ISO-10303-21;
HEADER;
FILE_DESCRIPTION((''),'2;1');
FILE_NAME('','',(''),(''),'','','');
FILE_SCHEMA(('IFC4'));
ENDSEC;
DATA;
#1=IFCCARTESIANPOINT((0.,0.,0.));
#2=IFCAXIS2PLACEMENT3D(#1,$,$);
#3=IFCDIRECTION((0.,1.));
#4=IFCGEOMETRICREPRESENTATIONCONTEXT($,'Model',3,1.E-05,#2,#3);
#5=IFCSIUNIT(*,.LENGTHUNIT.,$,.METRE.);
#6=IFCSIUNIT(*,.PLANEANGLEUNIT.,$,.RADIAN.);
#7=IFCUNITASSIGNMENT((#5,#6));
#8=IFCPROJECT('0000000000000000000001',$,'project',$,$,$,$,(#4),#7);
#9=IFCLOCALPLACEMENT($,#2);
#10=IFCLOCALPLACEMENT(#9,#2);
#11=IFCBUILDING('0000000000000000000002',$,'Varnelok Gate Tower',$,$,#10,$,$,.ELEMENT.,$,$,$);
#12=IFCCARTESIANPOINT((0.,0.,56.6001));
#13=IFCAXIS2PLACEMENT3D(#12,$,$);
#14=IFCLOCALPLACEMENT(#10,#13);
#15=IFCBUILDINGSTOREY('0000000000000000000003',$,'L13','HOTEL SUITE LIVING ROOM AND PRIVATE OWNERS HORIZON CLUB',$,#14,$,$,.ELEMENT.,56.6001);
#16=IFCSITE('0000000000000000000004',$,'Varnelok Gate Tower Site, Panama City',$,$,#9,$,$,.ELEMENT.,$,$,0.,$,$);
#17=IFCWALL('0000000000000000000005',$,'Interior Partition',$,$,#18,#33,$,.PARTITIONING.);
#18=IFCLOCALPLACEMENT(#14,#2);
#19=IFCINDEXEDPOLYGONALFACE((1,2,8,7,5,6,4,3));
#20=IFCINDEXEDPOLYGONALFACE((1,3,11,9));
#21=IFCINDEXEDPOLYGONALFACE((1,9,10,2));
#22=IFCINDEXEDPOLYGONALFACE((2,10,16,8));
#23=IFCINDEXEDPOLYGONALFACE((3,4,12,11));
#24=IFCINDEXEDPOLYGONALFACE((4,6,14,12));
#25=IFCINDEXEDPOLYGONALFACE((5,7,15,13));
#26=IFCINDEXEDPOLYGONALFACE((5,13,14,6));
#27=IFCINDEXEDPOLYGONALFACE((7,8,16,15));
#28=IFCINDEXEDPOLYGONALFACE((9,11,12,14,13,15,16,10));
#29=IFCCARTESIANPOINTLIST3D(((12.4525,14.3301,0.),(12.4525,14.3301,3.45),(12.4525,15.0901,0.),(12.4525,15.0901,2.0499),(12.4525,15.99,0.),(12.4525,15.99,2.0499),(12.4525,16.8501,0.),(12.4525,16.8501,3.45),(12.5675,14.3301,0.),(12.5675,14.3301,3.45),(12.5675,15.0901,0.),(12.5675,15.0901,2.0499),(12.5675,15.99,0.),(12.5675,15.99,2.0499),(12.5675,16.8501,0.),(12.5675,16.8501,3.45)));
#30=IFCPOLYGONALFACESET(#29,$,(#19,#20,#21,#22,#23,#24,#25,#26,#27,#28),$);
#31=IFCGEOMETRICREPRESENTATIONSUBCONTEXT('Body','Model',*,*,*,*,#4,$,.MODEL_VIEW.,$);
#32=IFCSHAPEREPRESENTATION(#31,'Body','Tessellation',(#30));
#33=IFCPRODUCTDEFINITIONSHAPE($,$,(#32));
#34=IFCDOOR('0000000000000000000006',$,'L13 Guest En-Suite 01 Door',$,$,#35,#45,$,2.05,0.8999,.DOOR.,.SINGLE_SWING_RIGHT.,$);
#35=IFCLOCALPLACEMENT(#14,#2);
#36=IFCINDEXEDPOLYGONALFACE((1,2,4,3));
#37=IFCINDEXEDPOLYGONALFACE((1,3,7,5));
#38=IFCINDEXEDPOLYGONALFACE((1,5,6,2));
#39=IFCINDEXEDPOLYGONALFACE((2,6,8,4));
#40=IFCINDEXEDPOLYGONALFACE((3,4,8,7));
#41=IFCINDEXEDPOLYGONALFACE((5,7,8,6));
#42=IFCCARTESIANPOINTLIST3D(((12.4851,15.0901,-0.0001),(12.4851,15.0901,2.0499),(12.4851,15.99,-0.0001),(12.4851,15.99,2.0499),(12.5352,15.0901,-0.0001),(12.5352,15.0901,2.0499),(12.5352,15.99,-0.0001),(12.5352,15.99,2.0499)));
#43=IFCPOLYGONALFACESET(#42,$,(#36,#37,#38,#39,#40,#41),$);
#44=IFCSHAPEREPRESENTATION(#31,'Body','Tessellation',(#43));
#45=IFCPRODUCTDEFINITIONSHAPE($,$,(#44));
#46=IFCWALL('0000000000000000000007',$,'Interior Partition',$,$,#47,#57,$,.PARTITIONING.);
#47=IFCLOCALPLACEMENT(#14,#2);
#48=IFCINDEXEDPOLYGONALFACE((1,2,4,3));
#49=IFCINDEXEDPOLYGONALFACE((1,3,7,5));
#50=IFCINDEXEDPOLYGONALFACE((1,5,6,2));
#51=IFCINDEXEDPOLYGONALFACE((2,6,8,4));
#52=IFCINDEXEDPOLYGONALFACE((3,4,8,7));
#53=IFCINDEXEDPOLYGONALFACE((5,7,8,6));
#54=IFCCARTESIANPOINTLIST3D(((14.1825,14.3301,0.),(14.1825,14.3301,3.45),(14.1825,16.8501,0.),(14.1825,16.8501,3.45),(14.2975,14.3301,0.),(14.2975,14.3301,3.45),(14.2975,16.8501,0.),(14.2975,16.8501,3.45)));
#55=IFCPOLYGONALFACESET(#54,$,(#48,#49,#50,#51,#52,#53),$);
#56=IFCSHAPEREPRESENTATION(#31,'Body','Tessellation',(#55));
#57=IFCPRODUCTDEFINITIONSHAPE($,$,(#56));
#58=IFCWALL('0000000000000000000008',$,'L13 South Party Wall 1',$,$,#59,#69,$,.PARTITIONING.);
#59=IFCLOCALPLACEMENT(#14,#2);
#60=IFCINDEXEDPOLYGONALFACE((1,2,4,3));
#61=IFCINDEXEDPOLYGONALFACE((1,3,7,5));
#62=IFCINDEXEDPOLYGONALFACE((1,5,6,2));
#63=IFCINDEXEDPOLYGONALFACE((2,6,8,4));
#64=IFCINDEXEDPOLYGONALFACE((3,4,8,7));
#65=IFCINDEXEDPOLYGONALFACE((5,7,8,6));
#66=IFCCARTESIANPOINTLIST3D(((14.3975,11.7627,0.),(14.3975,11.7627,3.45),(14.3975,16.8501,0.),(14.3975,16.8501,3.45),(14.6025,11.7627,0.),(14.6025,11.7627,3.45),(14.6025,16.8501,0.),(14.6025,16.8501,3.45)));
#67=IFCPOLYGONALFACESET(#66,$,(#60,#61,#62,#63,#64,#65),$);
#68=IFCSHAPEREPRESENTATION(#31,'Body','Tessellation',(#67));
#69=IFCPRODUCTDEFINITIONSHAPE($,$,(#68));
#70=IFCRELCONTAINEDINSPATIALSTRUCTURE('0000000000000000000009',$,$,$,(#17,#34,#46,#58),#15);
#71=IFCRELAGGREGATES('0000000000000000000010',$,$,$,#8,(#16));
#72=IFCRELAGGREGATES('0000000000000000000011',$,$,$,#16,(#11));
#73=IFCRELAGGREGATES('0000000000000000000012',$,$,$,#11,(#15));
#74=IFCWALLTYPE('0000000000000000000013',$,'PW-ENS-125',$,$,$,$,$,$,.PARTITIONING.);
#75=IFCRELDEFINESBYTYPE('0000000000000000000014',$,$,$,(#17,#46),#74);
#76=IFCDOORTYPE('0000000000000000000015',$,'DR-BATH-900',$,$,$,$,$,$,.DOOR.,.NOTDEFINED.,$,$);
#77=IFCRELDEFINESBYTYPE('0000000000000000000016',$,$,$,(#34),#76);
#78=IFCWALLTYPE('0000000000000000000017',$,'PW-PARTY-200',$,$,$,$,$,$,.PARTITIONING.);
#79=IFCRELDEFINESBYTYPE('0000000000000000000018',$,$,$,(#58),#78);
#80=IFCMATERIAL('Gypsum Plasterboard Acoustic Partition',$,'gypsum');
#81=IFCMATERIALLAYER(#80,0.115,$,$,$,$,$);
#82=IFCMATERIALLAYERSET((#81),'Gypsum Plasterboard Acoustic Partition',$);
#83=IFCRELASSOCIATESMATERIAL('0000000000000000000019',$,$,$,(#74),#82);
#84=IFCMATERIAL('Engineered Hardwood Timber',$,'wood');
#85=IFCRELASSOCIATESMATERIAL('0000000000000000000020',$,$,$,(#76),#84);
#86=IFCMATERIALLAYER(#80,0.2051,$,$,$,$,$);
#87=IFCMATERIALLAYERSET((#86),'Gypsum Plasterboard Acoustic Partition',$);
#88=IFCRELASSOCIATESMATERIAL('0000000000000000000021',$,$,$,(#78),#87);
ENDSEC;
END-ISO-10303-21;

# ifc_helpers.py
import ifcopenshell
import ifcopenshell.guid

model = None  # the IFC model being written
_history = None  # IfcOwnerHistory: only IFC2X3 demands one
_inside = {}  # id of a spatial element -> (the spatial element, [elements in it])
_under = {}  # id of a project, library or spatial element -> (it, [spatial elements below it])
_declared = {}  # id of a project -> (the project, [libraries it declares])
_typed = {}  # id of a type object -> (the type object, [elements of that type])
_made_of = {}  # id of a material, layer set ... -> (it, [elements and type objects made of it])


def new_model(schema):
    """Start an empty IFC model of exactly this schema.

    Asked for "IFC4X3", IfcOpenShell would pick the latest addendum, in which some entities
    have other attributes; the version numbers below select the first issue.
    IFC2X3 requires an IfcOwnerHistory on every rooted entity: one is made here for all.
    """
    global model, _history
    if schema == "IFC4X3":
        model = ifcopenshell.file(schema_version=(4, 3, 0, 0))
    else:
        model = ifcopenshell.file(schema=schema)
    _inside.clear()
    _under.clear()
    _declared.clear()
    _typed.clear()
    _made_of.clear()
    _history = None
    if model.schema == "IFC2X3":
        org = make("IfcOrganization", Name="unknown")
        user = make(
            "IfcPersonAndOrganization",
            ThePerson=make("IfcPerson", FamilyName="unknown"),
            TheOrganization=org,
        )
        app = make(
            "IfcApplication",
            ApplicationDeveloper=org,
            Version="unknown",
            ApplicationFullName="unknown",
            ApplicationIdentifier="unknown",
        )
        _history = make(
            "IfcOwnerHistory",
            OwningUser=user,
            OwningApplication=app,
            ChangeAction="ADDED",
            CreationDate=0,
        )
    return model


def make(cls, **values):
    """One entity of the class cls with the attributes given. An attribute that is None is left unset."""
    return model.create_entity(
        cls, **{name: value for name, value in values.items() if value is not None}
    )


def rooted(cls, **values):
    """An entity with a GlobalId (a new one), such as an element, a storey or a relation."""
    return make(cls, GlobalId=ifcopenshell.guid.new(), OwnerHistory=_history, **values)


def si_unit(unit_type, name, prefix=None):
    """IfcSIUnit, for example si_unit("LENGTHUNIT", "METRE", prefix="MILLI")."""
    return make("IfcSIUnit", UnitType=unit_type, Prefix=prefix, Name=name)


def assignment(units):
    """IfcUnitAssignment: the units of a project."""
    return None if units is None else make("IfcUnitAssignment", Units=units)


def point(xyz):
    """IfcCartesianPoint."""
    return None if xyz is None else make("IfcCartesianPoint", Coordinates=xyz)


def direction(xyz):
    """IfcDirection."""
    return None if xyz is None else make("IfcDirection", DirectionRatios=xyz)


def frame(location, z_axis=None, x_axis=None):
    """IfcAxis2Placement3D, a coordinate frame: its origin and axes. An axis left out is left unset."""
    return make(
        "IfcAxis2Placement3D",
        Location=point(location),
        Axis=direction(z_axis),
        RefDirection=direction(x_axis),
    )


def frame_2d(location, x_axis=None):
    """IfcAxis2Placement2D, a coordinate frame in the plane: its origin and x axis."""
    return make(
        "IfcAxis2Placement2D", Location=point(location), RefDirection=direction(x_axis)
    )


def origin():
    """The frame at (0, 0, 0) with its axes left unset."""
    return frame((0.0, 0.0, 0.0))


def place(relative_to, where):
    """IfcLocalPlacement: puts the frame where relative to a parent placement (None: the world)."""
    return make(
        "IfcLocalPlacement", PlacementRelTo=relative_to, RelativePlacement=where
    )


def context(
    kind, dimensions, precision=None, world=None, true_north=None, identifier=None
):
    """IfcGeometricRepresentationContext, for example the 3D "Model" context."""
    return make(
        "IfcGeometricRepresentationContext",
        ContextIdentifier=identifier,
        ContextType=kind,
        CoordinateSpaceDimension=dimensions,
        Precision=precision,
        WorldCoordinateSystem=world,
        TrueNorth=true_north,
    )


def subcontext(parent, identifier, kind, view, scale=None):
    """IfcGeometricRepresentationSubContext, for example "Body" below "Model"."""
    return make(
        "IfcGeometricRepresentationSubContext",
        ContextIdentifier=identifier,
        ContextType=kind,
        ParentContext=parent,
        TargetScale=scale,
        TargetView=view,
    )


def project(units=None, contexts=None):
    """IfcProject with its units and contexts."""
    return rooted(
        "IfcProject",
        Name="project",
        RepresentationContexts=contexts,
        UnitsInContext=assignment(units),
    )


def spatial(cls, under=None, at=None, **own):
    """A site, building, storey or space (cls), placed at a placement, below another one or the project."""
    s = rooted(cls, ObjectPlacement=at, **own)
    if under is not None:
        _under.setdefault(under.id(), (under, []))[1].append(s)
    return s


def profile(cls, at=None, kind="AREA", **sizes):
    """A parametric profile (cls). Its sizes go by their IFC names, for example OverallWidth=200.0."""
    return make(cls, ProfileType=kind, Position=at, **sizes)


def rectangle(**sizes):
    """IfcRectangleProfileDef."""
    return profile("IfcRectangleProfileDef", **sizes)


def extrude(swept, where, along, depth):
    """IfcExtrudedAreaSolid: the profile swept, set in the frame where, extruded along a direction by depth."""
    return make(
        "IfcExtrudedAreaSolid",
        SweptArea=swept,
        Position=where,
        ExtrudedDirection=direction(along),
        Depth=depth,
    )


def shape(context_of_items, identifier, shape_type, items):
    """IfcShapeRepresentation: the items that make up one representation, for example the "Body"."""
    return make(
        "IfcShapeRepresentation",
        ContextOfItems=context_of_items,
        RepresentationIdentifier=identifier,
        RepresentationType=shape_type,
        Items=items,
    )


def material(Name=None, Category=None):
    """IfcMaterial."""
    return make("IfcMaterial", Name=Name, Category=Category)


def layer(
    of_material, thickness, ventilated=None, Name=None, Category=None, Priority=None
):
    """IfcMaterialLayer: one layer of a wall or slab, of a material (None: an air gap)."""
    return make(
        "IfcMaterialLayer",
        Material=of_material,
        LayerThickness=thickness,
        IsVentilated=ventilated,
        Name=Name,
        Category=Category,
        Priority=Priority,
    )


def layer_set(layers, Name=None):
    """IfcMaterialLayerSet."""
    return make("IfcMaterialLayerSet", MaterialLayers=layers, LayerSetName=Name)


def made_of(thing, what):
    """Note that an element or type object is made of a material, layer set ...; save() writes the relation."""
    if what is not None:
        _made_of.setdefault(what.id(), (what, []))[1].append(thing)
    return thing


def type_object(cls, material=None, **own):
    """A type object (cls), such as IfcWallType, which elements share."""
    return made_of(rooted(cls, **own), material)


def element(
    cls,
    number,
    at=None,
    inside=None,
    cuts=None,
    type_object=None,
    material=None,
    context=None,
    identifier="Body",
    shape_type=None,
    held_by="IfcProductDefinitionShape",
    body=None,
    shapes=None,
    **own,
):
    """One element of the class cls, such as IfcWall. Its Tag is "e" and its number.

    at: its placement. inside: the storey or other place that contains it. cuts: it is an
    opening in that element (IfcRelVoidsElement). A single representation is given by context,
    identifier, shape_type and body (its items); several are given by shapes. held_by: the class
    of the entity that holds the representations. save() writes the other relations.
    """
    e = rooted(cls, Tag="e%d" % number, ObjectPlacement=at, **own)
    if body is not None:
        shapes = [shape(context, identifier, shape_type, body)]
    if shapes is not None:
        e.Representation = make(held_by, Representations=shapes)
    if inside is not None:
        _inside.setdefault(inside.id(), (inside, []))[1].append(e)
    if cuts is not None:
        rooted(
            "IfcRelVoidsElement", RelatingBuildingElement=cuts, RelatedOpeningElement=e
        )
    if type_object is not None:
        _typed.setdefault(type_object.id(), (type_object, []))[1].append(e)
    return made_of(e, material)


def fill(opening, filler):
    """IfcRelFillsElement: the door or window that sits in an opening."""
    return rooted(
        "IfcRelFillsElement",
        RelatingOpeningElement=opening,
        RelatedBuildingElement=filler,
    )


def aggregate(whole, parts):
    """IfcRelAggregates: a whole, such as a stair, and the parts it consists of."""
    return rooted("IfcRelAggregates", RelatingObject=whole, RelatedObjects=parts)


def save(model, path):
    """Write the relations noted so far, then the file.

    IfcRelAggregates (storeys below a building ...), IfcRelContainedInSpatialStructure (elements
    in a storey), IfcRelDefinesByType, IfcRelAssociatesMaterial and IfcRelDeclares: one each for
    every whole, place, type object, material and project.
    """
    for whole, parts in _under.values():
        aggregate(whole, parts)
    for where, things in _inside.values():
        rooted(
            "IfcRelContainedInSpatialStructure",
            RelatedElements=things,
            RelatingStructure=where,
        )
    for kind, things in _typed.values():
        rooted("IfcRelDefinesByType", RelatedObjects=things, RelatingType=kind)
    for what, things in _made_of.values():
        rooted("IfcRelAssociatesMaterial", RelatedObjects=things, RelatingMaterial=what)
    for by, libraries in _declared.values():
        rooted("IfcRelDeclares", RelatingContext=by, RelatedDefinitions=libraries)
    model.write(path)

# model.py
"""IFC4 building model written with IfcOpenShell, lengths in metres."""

from ifc_helpers import new_model, si_unit, direction, frame, frame_2d, origin, place, context, subcontext, project, spatial, rectangle, extrude, material, layer, layer_set, type_object, element, fill, save


model = new_model("IFC4")

# Units and contexts
model_context = context("Model", 3, precision=1e-05, world=origin(), true_north=direction((0.0, 1.0)))
body_context = subcontext(model_context, "Body", "Model", "MODEL_VIEW")
ifc_project = project(units=[si_unit("LENGTHUNIT", "METRE"), si_unit("PLANEANGLEUNIT", "RADIAN")], contexts=[model_context])

# Site, building, storey
site_placement = place(None, origin())
site = spatial("IfcSite", under=ifc_project, at=site_placement, Name="Varnelok Gate Tower Site, Panama City", CompositionType="ELEMENT", RefElevation=0.0)
building_placement = place(site_placement, origin())
building = spatial("IfcBuilding", under=site, at=building_placement, Name="Varnelok Gate Tower", CompositionType="ELEMENT")
storey_placement = place(building_placement, frame((0.0, 0.0, 56.6001)))
storey = spatial("IfcBuildingStorey", under=building, at=storey_placement, Name="L13", Description="HOTEL SUITE LIVING ROOM AND PRIVATE OWNERS HORIZON CLUB", CompositionType="ELEMENT", Elevation=56.6001)

# Shared definitions
ifc_material_1 = material(Name="Gypsum Plasterboard Acoustic Partition", Category="gypsum")
ifc_material_2 = material(Name="Engineered Hardwood Timber", Category="wood")

# Shared definitions
ifc_layer_1 = layer(ifc_material_1, 0.115)
ifc_layer_set_1 = layer_set([ifc_layer_1], Name="Gypsum Plasterboard Acoustic Partition")
wall_type_1 = type_object("IfcWallType", Name="PW-ENS-125", PredefinedType="PARTITIONING", material=ifc_layer_set_1)

# Wall, opening, door
wall_1_placement = place(storey_placement, frame((12.51, 14.3301, 0.0), z_axis=(0.0, 0.0, 1.0), x_axis=(0.0, 1.0, 0.0)))
wall_1 = element("IfcWall", 1, at=wall_1_placement, inside=storey, type_object=wall_type_1, Name="Interior Partition", PredefinedType="PARTITIONING", context=body_context, shape_type="SweptSolid", body=[
    extrude(rectangle(XDim=2.52, YDim=0.115, at=frame_2d((1.26, 0.0))), origin(), (0.0, 0.0, 1.0), 3.45),
])
opening_1_placement = place(wall_1_placement, frame((0.76, 0.0, 0.0)))
opening_1 = element("IfcOpeningElement", 2, at=opening_1_placement, cuts=wall_1, PredefinedType="OPENING", context=body_context, shape_type="SweptSolid", body=[
    extrude(rectangle(XDim=0.8999, YDim=2.05, at=frame_2d((0.45, 1.0249))), frame((0.0, 0.0674, 0.0), z_axis=(0.0, -1.0, 0.0), x_axis=(1.0, 0.0, 0.0)), (0.0, 0.0, 1.0), 0.135),
])
door_type_1 = type_object("IfcDoorType", Name="DR-BATH-900", OperationType="NOTDEFINED", PredefinedType="DOOR", material=ifc_material_2)
door_1_placement = place(opening_1_placement, origin())
door_1 = element("IfcDoor", 3, at=door_1_placement, inside=storey, type_object=door_type_1, Name="L13 Guest En-Suite 01 Door", OperationType="SINGLE_SWING_RIGHT", OverallHeight=2.05, OverallWidth=0.8999, PredefinedType="DOOR", context=body_context, shape_type="SweptSolid", body=[
    extrude(rectangle(XDim=0.8999, YDim=2.05, at=frame_2d((0.45, 1.0249))), frame((0.0, 0.0249, 0.0), z_axis=(0.0, -1.0, 0.0), x_axis=(1.0, 0.0, 0.0)), (0.0, 0.0, 1.0), 0.05),
])
fill(opening_1, door_1)

# Walls
wall_2_placement = place(storey_placement, frame((14.24, 14.3301, 0.0), z_axis=(0.0, 0.0, 1.0), x_axis=(0.0, 1.0, 0.0)))
element("IfcWall", 4, at=wall_2_placement, inside=storey, type_object=wall_type_1, Name="Interior Partition", PredefinedType="PARTITIONING", context=body_context, shape_type="SweptSolid", body=[
    extrude(rectangle(XDim=2.52, YDim=0.115, at=frame_2d((1.26, 0.0))), origin(), (0.0, 0.0, 1.0), 3.45),
])
ifc_layer_2 = layer(ifc_material_1, 0.2051)
ifc_layer_set_2 = layer_set([ifc_layer_2], Name="Gypsum Plasterboard Acoustic Partition")
wall_type_2 = type_object("IfcWallType", Name="PW-PARTY-200", PredefinedType="PARTITIONING", material=ifc_layer_set_2)
wall_3_placement = place(storey_placement, frame((14.5, 11.7627, 0.0), z_axis=(0.0, 0.0, 1.0), x_axis=(0.0, 1.0, 0.0)))
element("IfcWall", 5, at=wall_3_placement, inside=storey, type_object=wall_type_2, Name="L13 South Party Wall 1", PredefinedType="PARTITIONING", context=body_context, shape_type="SweptSolid", body=[
    extrude(rectangle(XDim=5.0874, YDim=0.2051, at=frame_2d((2.5437, 0.0))), origin(), (0.0, 0.0, 1.0), 3.45),
])

save(model, "model.ifc")
